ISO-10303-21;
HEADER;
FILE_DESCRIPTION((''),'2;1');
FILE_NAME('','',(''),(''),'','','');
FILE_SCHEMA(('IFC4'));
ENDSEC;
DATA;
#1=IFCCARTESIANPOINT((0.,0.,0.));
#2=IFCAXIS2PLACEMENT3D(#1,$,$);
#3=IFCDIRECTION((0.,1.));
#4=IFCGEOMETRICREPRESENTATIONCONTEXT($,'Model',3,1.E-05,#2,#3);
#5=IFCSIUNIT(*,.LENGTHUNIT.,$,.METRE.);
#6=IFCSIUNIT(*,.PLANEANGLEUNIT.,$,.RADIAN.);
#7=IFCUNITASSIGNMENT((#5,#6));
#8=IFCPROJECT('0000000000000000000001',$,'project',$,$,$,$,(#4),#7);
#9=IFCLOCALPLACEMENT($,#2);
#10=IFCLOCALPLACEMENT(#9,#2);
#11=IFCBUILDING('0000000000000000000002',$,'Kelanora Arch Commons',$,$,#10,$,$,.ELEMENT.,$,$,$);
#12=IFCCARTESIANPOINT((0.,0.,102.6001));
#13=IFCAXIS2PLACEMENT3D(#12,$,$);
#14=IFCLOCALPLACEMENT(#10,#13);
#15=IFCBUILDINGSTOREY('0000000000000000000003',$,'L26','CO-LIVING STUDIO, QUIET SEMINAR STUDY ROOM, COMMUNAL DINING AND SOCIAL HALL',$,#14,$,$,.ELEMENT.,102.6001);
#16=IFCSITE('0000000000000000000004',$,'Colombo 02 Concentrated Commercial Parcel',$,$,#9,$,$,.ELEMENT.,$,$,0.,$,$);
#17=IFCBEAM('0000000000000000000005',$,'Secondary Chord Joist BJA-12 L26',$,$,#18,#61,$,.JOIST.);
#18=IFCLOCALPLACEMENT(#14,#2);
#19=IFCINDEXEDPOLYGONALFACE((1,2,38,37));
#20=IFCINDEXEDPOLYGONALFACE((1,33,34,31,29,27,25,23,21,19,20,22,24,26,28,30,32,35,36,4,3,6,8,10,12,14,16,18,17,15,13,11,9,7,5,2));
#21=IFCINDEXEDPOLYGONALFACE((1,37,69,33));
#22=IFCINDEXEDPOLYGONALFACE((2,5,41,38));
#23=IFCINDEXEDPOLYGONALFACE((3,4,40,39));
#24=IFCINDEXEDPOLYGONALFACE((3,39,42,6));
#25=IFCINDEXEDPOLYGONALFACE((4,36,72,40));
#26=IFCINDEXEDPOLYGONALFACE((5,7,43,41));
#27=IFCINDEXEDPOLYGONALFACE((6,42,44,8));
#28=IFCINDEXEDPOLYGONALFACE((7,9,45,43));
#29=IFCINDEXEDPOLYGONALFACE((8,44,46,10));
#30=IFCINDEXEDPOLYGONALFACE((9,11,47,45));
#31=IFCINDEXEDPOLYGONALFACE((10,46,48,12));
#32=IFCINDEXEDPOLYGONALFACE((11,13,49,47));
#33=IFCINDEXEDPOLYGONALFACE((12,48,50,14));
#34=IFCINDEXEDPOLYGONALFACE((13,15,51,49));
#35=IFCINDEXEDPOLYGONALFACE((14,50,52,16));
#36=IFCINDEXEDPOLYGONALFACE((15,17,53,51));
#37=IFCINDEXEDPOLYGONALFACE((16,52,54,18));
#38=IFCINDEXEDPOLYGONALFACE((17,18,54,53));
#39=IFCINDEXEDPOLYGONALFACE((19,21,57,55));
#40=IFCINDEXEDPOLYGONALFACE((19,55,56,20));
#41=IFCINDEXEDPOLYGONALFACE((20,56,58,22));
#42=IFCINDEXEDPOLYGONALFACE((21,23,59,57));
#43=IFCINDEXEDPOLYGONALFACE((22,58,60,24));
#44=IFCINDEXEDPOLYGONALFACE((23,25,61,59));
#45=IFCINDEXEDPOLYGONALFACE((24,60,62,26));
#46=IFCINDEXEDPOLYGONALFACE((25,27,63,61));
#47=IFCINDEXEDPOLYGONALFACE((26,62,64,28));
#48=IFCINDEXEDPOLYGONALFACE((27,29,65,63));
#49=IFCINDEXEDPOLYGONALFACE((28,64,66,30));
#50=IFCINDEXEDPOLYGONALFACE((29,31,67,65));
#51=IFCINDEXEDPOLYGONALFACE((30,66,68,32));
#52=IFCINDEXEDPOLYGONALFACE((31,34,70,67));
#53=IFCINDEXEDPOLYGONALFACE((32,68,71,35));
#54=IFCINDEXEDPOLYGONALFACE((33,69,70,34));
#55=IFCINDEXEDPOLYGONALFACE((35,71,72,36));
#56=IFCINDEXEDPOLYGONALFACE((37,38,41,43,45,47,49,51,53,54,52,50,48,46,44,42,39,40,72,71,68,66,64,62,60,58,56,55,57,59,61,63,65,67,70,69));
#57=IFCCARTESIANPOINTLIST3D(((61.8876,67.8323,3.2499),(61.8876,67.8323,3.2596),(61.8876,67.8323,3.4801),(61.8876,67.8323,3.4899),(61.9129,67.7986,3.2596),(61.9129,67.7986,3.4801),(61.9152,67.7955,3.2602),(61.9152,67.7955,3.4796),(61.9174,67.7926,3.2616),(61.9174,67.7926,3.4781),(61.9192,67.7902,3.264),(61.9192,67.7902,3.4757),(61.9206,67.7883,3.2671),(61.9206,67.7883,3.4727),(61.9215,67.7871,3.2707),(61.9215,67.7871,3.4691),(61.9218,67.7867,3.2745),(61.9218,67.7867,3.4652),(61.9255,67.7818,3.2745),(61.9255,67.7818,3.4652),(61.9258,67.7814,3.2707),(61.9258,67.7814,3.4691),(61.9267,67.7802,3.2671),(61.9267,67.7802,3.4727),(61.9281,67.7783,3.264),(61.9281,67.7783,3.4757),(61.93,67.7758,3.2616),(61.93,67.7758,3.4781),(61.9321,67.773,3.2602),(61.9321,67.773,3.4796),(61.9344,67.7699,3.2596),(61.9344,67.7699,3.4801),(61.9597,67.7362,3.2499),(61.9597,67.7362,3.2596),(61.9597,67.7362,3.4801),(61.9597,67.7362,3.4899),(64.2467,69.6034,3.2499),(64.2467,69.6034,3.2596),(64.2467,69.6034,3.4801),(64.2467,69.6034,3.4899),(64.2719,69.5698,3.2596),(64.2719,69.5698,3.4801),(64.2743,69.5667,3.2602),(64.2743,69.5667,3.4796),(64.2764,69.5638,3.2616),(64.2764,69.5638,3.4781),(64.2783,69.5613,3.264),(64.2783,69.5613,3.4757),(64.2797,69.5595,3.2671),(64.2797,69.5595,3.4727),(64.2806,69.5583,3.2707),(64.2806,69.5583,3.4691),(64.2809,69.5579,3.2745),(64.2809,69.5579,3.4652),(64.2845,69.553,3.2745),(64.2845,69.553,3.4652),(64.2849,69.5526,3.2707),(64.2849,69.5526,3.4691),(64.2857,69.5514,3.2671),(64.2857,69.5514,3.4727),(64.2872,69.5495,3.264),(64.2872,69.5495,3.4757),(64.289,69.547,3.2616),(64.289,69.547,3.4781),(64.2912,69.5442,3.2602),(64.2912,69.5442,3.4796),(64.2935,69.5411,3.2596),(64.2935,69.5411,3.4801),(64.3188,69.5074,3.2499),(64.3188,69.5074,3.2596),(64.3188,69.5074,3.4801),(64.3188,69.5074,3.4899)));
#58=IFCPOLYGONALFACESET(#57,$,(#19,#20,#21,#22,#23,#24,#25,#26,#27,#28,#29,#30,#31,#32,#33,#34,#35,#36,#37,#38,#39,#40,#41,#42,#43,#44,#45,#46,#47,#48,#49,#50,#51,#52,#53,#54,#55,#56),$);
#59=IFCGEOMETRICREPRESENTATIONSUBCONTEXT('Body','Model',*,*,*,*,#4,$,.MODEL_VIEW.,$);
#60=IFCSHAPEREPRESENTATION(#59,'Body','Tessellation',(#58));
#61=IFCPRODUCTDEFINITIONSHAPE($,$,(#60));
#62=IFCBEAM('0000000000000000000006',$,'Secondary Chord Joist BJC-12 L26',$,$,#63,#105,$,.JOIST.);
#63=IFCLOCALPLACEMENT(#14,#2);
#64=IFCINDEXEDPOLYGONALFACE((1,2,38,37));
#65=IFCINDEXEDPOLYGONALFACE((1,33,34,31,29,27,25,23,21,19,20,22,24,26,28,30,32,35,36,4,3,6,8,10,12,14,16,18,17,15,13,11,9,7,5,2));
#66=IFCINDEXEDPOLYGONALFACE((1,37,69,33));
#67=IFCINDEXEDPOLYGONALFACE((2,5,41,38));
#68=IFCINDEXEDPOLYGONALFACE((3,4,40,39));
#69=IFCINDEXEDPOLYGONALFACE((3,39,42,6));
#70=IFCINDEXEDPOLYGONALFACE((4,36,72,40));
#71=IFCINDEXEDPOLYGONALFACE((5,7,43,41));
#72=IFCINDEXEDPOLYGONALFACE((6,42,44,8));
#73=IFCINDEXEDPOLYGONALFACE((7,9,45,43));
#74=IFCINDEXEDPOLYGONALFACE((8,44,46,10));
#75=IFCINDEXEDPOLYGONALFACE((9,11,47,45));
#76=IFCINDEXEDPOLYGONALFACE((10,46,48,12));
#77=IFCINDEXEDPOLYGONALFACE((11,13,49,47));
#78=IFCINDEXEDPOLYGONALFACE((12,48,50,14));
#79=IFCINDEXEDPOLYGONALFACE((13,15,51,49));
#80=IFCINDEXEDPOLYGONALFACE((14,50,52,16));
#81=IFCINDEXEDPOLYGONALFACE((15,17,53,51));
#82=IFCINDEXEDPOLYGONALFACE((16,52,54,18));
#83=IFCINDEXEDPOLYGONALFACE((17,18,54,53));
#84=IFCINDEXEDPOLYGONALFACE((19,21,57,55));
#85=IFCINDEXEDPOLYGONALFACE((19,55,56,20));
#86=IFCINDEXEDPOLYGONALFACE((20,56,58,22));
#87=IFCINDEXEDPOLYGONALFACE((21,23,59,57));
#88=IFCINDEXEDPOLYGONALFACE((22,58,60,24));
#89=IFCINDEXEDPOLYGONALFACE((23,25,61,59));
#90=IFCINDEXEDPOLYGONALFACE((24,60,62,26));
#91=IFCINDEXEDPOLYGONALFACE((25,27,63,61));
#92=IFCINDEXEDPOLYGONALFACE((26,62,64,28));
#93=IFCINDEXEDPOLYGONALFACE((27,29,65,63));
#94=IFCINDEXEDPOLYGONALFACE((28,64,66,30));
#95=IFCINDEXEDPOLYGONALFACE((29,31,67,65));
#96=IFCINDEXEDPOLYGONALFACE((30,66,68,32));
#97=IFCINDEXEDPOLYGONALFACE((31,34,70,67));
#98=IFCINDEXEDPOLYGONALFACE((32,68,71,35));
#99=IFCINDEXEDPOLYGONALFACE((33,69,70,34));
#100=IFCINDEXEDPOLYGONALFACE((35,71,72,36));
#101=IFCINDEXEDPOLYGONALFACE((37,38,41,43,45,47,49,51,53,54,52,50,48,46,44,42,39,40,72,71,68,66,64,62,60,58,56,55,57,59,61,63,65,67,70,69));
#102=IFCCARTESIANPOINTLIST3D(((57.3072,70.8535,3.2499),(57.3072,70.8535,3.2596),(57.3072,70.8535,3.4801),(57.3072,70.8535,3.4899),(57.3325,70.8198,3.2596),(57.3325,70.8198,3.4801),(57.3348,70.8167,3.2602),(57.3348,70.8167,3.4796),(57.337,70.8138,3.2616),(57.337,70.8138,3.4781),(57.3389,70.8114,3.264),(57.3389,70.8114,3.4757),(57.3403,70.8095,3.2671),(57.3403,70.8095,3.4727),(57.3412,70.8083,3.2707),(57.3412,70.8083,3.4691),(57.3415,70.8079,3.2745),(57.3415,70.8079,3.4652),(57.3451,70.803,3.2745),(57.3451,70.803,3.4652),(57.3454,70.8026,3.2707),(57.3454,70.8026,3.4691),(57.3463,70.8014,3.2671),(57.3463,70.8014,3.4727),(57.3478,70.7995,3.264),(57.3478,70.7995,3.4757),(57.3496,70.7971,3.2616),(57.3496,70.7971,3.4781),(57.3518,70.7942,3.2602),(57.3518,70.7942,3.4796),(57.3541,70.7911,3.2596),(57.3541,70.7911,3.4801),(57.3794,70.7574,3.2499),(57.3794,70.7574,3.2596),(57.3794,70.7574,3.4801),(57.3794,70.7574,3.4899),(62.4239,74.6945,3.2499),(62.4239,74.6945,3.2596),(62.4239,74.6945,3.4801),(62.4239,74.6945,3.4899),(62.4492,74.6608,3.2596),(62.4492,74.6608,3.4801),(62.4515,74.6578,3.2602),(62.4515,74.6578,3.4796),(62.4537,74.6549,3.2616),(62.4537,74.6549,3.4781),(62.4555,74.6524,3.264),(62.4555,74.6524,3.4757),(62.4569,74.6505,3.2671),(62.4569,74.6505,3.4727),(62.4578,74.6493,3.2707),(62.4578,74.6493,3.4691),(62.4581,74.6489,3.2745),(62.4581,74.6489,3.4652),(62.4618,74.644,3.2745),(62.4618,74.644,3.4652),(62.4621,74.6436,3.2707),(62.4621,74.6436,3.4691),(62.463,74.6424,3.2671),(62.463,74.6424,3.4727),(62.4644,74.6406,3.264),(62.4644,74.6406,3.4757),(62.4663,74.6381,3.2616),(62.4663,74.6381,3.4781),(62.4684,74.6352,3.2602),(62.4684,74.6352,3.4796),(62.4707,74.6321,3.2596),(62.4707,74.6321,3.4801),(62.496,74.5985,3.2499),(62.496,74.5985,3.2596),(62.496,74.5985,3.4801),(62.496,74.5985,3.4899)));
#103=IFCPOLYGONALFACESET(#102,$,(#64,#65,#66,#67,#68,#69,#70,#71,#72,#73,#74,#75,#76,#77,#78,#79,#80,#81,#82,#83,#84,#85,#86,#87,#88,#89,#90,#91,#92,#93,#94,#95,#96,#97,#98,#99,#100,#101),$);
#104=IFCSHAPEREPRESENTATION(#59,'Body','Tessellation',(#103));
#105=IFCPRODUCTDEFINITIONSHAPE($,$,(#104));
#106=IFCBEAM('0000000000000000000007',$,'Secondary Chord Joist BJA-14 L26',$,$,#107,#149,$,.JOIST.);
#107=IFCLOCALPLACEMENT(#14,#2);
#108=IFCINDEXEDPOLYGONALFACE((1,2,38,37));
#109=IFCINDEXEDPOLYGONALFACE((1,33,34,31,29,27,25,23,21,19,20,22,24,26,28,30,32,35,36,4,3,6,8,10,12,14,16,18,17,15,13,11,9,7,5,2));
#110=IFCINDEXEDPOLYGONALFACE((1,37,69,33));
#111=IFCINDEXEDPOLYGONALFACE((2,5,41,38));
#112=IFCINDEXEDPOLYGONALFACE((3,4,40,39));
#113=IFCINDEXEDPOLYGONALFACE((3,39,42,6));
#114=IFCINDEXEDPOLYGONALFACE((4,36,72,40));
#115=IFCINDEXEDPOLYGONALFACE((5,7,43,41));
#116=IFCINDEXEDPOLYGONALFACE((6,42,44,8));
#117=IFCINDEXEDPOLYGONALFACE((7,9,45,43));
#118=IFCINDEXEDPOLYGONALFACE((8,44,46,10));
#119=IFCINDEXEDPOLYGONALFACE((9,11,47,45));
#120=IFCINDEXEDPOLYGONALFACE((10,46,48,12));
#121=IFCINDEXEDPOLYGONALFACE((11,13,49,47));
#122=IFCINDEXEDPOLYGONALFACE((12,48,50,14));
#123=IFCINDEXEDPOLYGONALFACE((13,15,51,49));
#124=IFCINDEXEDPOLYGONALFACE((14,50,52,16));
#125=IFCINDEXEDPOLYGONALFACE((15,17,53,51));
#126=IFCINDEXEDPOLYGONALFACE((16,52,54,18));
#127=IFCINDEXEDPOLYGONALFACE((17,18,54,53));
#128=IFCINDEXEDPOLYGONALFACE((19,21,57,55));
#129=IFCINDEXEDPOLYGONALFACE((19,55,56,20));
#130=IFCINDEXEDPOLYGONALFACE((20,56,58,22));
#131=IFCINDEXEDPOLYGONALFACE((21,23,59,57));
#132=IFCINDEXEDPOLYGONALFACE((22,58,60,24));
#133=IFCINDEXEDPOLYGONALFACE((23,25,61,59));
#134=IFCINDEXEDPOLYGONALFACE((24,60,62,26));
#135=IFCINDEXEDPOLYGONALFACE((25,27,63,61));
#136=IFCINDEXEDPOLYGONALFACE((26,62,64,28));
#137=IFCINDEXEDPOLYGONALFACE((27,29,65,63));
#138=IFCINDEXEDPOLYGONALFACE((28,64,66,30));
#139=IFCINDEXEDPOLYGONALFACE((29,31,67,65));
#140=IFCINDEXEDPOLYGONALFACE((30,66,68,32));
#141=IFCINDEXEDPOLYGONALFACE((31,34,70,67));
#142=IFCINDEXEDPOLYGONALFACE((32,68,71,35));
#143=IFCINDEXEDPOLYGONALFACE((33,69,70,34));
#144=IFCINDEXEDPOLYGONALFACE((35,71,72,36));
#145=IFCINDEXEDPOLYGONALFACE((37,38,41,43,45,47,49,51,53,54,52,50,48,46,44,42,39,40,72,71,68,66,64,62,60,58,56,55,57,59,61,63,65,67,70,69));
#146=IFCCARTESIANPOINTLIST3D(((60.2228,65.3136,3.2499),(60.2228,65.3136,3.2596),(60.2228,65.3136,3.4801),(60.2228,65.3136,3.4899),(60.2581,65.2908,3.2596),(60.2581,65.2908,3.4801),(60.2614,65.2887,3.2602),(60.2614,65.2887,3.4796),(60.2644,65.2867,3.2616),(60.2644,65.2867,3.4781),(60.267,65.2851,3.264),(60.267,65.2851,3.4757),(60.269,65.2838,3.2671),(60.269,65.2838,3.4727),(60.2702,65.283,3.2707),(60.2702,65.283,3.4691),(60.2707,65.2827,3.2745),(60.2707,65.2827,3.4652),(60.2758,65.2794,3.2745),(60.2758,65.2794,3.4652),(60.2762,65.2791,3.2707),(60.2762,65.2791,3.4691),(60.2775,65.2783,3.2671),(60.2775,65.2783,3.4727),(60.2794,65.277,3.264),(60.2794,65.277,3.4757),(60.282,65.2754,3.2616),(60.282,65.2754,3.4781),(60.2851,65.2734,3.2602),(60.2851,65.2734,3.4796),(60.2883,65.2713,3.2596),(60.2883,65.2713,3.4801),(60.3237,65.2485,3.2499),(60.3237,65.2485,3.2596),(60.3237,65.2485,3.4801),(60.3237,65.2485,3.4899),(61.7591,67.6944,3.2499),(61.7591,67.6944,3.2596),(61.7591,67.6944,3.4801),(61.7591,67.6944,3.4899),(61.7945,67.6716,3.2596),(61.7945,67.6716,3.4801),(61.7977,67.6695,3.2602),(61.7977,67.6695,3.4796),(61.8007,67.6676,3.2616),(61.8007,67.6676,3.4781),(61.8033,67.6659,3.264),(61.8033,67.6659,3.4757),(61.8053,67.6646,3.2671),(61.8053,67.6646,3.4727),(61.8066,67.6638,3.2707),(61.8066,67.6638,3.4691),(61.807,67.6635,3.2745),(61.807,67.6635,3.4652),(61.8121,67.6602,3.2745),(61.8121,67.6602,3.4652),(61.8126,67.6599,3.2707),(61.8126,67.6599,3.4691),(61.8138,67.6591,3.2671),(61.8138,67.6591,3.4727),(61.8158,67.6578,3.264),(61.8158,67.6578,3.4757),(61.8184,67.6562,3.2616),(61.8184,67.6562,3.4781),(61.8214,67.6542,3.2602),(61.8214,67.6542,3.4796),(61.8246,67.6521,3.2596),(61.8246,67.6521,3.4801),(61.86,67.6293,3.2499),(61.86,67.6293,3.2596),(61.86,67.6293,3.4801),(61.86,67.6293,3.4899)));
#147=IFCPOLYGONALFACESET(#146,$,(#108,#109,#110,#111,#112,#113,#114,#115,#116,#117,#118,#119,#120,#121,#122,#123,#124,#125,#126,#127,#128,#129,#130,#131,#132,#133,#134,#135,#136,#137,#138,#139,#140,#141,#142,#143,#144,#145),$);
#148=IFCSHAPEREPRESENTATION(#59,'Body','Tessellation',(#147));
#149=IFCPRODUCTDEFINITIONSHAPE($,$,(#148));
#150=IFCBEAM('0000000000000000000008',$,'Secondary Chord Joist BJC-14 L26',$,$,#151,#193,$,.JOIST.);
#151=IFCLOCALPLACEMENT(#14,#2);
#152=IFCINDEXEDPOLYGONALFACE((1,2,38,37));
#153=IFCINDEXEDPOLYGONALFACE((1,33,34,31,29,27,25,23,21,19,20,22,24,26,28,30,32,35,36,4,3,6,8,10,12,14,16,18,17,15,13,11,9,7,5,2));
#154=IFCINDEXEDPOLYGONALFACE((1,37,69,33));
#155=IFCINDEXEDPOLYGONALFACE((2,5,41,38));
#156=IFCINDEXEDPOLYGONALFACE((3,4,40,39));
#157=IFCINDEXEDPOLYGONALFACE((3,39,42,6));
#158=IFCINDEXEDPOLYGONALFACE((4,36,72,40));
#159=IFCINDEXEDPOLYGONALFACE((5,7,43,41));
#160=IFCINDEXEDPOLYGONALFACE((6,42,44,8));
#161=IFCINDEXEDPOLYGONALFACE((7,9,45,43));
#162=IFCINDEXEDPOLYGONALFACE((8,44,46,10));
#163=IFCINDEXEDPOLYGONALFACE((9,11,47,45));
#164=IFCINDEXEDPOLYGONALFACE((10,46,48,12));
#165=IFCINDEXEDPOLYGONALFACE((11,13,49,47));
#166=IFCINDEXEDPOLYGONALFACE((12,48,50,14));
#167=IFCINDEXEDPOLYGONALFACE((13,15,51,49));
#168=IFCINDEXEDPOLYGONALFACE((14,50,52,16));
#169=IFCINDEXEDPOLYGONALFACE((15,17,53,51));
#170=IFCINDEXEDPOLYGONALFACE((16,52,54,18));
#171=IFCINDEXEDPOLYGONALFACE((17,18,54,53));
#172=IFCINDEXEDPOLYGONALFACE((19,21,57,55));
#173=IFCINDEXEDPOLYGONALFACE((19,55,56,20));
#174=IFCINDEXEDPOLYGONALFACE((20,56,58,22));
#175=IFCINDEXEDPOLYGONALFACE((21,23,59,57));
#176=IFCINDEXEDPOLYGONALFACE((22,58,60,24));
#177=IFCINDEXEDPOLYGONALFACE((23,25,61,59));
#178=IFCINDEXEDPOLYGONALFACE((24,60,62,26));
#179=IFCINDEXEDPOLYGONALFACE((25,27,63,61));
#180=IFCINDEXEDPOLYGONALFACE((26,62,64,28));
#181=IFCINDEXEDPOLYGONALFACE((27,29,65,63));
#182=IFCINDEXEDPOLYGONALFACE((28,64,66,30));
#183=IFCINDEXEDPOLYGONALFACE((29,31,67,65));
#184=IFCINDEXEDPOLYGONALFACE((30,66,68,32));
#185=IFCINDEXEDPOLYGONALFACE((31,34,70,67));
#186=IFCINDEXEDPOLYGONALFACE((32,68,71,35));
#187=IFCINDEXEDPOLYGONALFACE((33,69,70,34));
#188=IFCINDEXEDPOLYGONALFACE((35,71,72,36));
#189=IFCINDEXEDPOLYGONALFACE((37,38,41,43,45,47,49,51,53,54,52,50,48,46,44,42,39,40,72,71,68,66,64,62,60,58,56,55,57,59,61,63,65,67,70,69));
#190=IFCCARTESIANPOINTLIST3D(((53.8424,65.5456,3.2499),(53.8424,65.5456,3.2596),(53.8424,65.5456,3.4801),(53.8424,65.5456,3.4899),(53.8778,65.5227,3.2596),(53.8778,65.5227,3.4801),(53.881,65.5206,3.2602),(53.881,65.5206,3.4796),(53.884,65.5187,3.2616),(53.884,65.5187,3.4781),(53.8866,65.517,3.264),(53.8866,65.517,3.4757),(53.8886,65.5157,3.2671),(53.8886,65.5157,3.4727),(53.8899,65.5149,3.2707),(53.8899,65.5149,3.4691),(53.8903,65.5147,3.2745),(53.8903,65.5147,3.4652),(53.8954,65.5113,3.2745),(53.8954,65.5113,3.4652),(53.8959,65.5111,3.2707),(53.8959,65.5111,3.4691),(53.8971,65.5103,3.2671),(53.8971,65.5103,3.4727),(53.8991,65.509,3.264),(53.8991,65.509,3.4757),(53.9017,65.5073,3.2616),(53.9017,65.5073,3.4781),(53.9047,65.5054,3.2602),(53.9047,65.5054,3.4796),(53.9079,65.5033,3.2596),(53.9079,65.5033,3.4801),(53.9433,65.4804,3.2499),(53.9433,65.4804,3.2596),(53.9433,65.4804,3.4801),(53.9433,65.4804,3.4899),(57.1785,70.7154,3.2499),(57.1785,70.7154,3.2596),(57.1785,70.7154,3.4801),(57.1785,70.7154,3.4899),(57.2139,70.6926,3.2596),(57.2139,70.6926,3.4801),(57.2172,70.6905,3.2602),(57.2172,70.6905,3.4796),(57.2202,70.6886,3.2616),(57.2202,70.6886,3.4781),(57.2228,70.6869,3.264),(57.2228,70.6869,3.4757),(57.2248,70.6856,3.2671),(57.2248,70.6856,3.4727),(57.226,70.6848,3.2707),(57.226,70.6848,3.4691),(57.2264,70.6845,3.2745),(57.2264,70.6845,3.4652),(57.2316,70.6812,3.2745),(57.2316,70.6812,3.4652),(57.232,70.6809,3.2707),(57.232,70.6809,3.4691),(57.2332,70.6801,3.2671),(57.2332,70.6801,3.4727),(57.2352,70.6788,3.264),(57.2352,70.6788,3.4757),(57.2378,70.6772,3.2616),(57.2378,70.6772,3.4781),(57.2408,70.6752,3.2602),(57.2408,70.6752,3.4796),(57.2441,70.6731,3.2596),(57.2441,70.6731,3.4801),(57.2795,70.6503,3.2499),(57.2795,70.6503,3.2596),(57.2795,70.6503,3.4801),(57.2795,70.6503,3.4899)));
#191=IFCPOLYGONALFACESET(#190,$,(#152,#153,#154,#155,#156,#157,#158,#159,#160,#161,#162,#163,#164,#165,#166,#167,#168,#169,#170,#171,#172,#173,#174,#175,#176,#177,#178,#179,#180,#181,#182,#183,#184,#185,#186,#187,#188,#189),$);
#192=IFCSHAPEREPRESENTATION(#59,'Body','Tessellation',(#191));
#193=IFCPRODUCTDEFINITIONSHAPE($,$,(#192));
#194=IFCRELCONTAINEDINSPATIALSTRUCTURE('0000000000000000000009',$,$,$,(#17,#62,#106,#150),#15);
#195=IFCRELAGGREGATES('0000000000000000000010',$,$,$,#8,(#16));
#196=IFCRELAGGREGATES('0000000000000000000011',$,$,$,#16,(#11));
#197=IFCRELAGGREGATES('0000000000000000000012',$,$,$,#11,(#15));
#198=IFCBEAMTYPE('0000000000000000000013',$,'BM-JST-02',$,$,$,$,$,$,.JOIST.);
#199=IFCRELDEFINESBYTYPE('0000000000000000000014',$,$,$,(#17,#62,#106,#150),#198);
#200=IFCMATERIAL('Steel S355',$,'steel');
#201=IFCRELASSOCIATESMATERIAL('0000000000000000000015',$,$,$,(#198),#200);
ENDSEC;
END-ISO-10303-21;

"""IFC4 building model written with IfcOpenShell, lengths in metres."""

from ifc_helpers import new_model, si_unit, direction, frame, origin, origin_2d, place, context, subcontext, project, spatial, i_section, extrude, material, material_profile, profile_set, type_object, element, save


model = new_model("IFC4")

# Units and contexts
model_context = context("Model", 3, precision=1e-05, world=origin(), true_north=direction((0.0, 1.0)))
body_context = subcontext(model_context, "Body", "Model", "MODEL_VIEW")
ifc_project = project(units=[si_unit("LENGTHUNIT", "METRE"), si_unit("PLANEANGLEUNIT", "RADIAN")], contexts=[model_context])

# Site, building, storey
site_placement = place(None, origin())
site = spatial("IfcSite", under=ifc_project, at=site_placement, Name="Colombo 02 Concentrated Commercial Parcel", CompositionType="ELEMENT", RefElevation=0.0)
building_placement = place(site_placement, origin())
building = spatial("IfcBuilding", under=site, at=building_placement, Name="Kelanora Arch Commons", CompositionType="ELEMENT")
storey_placement = place(building_placement, frame((0.0, 0.0, 102.6001)))
storey = spatial("IfcBuildingStorey", under=building, at=storey_placement, Name="L26", Description="CO-LIVING STUDIO, QUIET SEMINAR STUDY ROOM, COMMUNAL DINING AND SOCIAL HALL", CompositionType="ELEMENT", Elevation=102.6001)

# Beams
ifc_material_1 = material(Name="Steel S355", Category="steel")
ifc_material_profile_1 = material_profile(ifc_material_1, i_section(OverallWidth=0.1201, OverallDepth=0.24, WebThickness=0.0061, FlangeThickness=0.0098, FilletRadius=0.0149, at=origin_2d()), Name="IPE240")
ifc_profile_set_1 = profile_set([ifc_material_profile_1], Name="Steel S355")
beam_type_1 = type_object("IfcBeamType", Name="BM-JST-02", PredefinedType="JOIST", material=ifc_profile_set_1)
beam_1_placement = place(storey_placement, frame((64.2827, 69.5554, 3.3699), z_axis=(-0.799692, -0.60041, 0.0), x_axis=(0.60041, -0.799692, 0.0)))
element("IfcBeam", 1, at=beam_1_placement, inside=storey, type_object=beam_type_1, Name="Secondary Chord Joist BJA-12 L26", PredefinedType="JOIST", context=body_context, shape_type="SweptSolid", body=[
    extrude(i_section(OverallWidth=0.1201, OverallDepth=0.24, WebThickness=0.0061, FlangeThickness=0.0098, FilletRadius=0.0149, at=origin_2d()), origin(), (0.0, 0.0, 1.0), 2.95),
])
beam_2_placement = place(storey_placement, frame((62.46, 74.6465, 3.3699), z_axis=(-0.799734, -0.600354, 0.0), x_axis=(0.600354, -0.799734, 0.0)))
element("IfcBeam", 2, at=beam_2_placement, inside=storey, type_object=beam_type_1, Name="Secondary Chord Joist BJC-12 L26", PredefinedType="JOIST", context=body_context, shape_type="SweptSolid", body=[
    extrude(i_section(OverallWidth=0.1201, OverallDepth=0.24, WebThickness=0.0061, FlangeThickness=0.0098, FilletRadius=0.0149, at=origin_2d()), origin(), (0.0, 0.0, 1.0), 6.3979),
])
beam_3_placement = place(storey_placement, frame((61.8096, 67.6619, 3.3699), z_axis=(-0.542211, -0.840242, 0.0), x_axis=(0.840242, -0.542211, 0.0)))
element("IfcBeam", 3, at=beam_3_placement, inside=storey, type_object=beam_type_1, Name="Secondary Chord Joist BJA-14 L26", PredefinedType="JOIST", context=body_context, shape_type="SweptSolid", body=[
    extrude(i_section(OverallWidth=0.1201, OverallDepth=0.24, WebThickness=0.0061, FlangeThickness=0.0098, FilletRadius=0.0149, at=origin_2d()), origin(), (0.0, 0.0, 1.0), 2.8335),
])
beam_4_placement = place(storey_placement, frame((57.229, 70.6829, 3.3699), z_axis=(-0.542213, -0.840241, 0.0), x_axis=(0.840241, -0.542213, 0.0)))
element("IfcBeam", 4, at=beam_4_placement, inside=storey, type_object=beam_type_1, Name="Secondary Chord Joist BJC-14 L26", PredefinedType="JOIST", context=body_context, shape_type="SweptSolid", body=[
    extrude(i_section(OverallWidth=0.1201, OverallDepth=0.24, WebThickness=0.0061, FlangeThickness=0.0098, FilletRadius=0.0149, at=origin_2d()), origin(), (0.0, 0.0, 1.0), 6.1528),
])

save(model, "model.ifc")
